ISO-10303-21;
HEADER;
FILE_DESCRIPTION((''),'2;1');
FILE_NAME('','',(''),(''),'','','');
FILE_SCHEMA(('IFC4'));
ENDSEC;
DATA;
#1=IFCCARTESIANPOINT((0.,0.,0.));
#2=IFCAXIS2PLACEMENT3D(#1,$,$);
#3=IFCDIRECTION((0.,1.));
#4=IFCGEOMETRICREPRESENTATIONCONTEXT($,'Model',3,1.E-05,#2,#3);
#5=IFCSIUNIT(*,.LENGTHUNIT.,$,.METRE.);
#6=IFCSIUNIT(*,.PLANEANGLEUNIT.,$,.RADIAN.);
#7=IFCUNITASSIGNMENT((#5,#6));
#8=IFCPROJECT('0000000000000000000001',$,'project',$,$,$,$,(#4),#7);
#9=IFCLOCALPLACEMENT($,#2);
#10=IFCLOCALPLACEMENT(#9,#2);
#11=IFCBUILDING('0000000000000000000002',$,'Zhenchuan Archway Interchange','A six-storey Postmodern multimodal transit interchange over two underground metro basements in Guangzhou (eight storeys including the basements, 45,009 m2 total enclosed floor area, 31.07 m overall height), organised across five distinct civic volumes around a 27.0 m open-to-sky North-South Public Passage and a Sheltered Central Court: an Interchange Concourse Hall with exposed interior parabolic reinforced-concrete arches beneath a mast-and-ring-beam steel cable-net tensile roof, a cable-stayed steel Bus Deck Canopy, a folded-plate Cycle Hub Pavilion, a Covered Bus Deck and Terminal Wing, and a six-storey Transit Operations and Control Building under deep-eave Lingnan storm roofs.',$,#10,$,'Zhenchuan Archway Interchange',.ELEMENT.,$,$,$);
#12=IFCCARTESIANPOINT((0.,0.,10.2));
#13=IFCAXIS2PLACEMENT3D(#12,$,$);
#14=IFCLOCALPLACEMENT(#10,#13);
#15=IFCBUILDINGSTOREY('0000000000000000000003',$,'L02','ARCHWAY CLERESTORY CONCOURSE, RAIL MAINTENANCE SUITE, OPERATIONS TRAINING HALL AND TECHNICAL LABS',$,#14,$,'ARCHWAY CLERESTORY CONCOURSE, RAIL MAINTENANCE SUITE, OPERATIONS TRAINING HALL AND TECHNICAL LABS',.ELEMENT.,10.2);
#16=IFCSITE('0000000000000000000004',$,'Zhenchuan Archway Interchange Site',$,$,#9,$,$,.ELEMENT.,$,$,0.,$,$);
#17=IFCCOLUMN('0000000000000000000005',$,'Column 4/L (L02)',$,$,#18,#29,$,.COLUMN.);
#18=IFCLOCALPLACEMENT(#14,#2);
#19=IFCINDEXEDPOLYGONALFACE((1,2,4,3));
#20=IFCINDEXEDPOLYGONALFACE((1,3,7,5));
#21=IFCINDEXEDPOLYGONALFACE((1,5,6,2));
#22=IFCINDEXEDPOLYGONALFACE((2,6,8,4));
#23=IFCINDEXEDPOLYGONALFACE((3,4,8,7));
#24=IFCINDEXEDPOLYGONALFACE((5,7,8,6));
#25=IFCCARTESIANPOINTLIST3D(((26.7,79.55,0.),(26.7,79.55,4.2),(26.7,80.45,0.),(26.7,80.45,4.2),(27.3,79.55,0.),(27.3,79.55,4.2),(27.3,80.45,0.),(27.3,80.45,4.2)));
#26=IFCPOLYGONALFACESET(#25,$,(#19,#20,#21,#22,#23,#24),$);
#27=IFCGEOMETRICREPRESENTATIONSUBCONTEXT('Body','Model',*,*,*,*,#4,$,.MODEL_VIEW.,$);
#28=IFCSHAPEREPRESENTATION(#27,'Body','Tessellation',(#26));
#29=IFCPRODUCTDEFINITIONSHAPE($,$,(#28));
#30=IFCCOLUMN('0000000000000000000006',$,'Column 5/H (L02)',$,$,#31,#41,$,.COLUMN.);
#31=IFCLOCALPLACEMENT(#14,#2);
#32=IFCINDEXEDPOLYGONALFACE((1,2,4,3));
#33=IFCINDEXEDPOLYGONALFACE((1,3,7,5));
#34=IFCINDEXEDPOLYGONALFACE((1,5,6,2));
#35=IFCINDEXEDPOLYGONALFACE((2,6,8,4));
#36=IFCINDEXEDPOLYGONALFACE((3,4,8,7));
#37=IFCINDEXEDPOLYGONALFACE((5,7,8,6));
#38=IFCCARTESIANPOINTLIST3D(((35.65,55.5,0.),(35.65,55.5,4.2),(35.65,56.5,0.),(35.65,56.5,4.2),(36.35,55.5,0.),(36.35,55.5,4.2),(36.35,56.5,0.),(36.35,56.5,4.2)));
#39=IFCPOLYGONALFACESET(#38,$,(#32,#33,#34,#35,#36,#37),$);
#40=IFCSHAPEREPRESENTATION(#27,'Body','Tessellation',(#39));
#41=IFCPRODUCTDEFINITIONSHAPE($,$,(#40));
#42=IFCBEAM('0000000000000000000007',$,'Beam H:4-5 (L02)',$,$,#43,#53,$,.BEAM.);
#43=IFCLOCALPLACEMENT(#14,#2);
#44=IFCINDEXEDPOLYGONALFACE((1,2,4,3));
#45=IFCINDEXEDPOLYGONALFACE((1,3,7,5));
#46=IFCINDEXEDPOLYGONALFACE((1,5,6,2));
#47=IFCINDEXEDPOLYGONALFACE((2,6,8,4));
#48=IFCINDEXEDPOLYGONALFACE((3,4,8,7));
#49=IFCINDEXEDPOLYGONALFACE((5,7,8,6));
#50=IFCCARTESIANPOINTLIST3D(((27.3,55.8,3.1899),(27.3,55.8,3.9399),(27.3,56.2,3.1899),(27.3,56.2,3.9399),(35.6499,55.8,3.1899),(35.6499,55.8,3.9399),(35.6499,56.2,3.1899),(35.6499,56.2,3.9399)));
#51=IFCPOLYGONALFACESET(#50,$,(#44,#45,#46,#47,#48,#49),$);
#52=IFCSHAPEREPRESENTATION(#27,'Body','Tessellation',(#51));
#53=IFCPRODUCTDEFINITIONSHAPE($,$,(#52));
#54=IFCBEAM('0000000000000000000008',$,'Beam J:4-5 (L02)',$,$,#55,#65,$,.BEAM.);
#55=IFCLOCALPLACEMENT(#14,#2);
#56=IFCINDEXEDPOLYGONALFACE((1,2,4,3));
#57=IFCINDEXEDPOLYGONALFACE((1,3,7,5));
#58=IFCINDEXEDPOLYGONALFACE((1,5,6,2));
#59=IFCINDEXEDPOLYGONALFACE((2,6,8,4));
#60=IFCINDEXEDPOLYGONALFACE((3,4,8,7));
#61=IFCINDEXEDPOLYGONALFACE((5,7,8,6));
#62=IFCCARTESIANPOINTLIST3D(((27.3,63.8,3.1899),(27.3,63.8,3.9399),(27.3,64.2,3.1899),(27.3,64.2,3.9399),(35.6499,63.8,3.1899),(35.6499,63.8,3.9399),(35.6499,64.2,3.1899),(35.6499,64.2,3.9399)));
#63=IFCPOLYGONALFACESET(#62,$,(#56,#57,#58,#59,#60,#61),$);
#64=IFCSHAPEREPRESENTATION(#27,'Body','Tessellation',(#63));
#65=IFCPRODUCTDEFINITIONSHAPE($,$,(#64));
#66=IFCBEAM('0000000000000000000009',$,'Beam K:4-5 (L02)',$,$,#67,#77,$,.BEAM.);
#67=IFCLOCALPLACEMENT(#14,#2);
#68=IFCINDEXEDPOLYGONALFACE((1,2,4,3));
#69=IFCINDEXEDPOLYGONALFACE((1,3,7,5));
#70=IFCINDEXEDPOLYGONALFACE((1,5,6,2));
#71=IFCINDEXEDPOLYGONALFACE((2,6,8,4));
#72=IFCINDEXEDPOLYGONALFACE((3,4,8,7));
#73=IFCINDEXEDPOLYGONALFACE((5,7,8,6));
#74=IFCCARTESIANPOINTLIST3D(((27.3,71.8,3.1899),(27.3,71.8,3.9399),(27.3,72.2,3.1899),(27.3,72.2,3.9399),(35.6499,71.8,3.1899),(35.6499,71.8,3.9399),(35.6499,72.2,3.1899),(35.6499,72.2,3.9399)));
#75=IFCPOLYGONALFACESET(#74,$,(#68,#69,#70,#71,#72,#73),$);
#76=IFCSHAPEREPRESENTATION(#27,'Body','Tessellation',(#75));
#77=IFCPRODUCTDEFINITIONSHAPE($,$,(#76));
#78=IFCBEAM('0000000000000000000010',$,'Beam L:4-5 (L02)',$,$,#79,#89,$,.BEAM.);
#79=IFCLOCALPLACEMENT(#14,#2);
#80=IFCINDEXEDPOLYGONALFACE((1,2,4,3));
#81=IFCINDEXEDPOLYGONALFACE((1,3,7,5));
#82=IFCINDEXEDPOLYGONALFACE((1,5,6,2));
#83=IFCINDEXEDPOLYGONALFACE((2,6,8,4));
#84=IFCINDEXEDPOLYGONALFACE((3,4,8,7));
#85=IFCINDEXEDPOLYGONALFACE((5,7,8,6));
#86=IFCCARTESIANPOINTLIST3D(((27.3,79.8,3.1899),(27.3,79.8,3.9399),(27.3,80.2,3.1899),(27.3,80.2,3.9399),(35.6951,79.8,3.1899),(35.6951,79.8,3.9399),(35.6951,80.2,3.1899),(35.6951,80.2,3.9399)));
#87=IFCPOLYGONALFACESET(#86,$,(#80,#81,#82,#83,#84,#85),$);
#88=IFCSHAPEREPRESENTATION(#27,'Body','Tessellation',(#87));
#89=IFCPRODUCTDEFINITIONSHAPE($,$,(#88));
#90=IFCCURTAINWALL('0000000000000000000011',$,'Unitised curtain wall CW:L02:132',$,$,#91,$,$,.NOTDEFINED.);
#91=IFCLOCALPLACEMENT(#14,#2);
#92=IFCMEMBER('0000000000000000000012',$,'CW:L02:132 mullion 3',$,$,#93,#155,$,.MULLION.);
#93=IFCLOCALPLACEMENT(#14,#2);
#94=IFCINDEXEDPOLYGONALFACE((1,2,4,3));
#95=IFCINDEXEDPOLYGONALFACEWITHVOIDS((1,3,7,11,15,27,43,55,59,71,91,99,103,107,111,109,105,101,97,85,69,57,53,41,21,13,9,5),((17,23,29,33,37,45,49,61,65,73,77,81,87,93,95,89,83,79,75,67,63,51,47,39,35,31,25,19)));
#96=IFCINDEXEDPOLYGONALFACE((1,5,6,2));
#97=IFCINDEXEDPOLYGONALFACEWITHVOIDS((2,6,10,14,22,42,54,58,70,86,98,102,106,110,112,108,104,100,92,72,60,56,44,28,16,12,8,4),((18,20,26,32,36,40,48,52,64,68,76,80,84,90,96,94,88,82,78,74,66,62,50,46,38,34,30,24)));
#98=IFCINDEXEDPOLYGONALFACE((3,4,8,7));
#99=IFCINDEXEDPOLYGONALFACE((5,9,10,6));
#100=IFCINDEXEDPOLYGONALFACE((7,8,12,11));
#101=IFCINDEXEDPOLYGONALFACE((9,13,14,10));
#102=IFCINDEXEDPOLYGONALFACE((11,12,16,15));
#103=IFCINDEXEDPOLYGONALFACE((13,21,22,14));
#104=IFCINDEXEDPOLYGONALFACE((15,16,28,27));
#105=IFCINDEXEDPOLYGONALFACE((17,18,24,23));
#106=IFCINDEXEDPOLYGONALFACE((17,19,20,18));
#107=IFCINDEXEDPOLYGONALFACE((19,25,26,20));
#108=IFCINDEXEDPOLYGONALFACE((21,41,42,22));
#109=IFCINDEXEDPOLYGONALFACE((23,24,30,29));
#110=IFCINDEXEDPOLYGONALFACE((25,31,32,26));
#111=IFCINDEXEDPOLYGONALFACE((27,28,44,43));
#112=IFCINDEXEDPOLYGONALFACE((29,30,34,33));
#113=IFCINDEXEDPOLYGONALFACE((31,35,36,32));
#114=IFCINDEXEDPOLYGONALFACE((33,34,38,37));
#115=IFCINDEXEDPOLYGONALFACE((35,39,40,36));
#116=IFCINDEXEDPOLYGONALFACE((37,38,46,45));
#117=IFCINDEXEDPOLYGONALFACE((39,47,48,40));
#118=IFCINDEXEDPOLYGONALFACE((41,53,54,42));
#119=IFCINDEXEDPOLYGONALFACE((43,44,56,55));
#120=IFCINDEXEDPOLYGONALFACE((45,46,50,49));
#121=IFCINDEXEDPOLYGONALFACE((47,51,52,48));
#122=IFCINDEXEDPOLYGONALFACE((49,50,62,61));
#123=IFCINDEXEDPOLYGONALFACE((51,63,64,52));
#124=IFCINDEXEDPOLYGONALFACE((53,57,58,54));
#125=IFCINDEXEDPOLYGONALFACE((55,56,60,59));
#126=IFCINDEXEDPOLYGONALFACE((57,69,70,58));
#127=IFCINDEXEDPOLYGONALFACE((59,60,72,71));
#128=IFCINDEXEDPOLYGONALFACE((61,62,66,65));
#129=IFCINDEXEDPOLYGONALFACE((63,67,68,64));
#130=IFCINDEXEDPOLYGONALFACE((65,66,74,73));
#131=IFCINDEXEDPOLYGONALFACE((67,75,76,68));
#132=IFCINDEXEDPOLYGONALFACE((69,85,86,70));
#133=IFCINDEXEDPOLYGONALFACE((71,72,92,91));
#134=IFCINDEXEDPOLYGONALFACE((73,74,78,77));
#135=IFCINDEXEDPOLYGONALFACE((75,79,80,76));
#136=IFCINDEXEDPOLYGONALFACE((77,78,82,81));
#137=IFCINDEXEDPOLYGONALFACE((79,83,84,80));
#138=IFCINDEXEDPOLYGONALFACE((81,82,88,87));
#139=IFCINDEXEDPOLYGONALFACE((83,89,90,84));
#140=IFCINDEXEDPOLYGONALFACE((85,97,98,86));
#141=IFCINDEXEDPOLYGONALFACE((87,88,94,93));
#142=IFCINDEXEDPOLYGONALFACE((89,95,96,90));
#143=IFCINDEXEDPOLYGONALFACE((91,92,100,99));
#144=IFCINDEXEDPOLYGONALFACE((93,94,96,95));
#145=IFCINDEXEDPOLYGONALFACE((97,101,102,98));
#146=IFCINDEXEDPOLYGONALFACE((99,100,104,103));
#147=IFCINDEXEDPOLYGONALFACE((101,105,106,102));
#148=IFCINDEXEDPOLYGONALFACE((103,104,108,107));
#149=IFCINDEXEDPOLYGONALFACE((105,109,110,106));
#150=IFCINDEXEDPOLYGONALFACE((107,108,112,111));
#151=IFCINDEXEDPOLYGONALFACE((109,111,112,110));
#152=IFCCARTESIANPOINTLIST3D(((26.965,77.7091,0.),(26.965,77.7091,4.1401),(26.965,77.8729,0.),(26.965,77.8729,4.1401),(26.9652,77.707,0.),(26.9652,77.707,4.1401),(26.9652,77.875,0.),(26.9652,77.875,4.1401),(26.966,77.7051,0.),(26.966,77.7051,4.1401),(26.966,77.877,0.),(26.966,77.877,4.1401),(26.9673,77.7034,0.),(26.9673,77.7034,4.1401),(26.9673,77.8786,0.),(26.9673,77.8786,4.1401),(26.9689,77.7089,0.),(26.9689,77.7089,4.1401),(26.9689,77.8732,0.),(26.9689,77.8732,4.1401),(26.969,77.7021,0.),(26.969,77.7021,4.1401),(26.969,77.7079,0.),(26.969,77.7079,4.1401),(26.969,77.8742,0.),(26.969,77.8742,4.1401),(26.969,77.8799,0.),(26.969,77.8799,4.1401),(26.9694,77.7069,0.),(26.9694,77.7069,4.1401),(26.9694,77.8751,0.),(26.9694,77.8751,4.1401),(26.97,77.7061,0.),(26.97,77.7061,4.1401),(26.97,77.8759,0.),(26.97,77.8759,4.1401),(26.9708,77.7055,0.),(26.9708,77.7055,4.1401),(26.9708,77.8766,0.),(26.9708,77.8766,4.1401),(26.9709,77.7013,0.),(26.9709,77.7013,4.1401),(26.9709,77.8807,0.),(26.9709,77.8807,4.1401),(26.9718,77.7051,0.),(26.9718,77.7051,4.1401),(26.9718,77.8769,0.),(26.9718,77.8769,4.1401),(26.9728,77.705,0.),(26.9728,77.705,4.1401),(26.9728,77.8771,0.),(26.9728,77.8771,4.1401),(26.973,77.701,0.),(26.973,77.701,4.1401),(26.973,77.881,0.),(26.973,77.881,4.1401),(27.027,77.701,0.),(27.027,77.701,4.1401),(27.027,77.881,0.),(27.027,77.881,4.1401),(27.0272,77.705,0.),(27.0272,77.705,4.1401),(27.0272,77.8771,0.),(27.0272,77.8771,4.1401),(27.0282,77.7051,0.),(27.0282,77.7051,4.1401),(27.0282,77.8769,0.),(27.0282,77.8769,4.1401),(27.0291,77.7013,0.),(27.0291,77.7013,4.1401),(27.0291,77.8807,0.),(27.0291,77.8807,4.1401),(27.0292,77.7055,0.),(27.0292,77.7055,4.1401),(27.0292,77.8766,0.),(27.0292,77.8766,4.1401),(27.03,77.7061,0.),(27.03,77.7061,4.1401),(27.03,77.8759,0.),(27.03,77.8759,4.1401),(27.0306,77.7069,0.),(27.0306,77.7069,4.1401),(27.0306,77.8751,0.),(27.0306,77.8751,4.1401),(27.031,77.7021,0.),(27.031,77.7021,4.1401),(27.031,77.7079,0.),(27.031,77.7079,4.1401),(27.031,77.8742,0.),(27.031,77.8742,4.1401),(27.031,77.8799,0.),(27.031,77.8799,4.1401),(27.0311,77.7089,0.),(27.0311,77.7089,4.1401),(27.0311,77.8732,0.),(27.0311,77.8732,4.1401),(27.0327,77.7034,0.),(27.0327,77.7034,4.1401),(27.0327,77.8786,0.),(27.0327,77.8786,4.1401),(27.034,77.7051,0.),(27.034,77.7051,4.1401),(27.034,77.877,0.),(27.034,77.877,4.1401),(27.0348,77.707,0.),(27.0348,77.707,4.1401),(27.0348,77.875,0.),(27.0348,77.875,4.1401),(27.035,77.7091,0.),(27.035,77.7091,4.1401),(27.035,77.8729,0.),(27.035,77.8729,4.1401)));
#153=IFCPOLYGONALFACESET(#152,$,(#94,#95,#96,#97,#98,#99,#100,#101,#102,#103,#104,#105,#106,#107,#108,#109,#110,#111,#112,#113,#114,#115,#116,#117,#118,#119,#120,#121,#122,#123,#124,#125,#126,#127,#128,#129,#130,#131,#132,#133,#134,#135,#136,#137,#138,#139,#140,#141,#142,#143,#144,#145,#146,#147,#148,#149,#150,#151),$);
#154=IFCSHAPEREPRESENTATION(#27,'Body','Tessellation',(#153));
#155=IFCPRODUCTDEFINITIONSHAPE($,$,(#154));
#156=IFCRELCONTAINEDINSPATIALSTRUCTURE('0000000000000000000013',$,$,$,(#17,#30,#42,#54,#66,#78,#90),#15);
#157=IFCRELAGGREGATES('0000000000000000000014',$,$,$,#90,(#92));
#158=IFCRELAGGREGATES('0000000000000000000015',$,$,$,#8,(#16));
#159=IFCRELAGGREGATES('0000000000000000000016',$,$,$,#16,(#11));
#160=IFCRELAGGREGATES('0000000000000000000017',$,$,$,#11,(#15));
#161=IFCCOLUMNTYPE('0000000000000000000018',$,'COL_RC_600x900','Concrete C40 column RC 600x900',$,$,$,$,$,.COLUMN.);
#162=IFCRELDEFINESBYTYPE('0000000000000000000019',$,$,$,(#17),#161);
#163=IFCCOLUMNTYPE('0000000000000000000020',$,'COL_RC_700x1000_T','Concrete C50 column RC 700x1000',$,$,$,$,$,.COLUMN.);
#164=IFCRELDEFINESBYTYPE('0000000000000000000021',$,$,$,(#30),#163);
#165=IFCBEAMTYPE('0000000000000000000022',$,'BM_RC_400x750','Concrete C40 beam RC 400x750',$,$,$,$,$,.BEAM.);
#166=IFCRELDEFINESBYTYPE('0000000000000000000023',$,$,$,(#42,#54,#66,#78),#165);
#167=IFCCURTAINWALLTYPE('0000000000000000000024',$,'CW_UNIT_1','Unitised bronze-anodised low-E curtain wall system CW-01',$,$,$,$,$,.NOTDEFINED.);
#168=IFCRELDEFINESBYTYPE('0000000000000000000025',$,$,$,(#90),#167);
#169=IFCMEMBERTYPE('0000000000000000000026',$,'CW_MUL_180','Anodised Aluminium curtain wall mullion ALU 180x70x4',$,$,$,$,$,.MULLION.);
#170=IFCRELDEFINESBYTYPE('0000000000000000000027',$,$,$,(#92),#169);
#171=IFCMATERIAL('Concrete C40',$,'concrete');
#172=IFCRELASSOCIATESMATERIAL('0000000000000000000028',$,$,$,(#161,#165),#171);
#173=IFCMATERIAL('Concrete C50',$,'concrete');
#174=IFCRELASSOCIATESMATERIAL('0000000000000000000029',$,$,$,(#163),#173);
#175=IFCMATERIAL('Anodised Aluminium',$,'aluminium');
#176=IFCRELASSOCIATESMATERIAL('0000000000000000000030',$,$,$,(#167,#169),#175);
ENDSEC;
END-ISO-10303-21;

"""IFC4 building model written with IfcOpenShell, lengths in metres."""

from ifc_helpers import new_model, si_unit, direction, frame, origin, origin_2d, place, context, subcontext, project, spatial, rectangle, hollow_rectangle, extrude, material, material_profile, profile_set, type_object, element, aggregate, save


model = new_model("IFC4")

# Units and contexts
model_context = context("Model", 3, precision=1e-05, world=origin(), true_north=direction((0.0, 1.0)))
body_context = subcontext(model_context, "Body", "Model", "MODEL_VIEW")
ifc_project = project(units=[si_unit("LENGTHUNIT", "METRE"), si_unit("PLANEANGLEUNIT", "RADIAN")], contexts=[model_context])

# Site, building, storey
site_placement = place(None, origin())
site = spatial("IfcSite", under=ifc_project, at=site_placement, Name="Zhenchuan Archway Interchange Site", CompositionType="ELEMENT", RefElevation=0.0)
building_placement = place(site_placement, origin())
building = spatial("IfcBuilding", under=site, at=building_placement, Name="Zhenchuan Archway Interchange", Description="A six-storey Postmodern multimodal transit interchange over two underground metro basements in Guangzhou (eight storeys including the basements, 45,009 m2 total enclosed floor area, 31.07 m overall height), organised across five distinct civic volumes around a 27.0 m open-to-sky North-South Public Passage and a Sheltered Central Court: an Interchange Concourse Hall with exposed interior parabolic reinforced-concrete arches beneath a mast-and-ring-beam steel cable-net tensile roof, a cable-stayed steel Bus Deck Canopy, a folded-plate Cycle Hub Pavilion, a Covered Bus Deck and Terminal Wing, and a six-storey Transit Operations and Control Building under deep-eave Lingnan storm roofs.", LongName="Zhenchuan Archway Interchange", CompositionType="ELEMENT")
storey_placement = place(building_placement, frame((0.0, 0.0, 10.2)))
storey = spatial("IfcBuildingStorey", under=building, at=storey_placement, Name="L02", Description="ARCHWAY CLERESTORY CONCOURSE, RAIL MAINTENANCE SUITE, OPERATIONS TRAINING HALL AND TECHNICAL LABS", LongName="ARCHWAY CLERESTORY CONCOURSE, RAIL MAINTENANCE SUITE, OPERATIONS TRAINING HALL AND TECHNICAL LABS", CompositionType="ELEMENT", Elevation=10.2)

# Columns
ifc_material_1 = material(Name="Concrete C40", Category="concrete")
ifc_material_profile_1 = material_profile(ifc_material_1, rectangle(XDim=0.6001, YDim=0.8999, at=origin_2d()), Name="RC 600x900")
ifc_profile_set_1 = profile_set([ifc_material_profile_1], Name="Concrete C40")
column_type_1 = type_object("IfcColumnType", Name="COL_RC_600x900", Description="Concrete C40 column RC 600x900", PredefinedType="COLUMN", material=ifc_profile_set_1)
column_1_placement = place(storey_placement, frame((27.0, 80.0, 0.0), z_axis=(0.0, 0.0, 1.0), x_axis=(1.0, 0.0, 0.0)))
element("IfcColumn", 1, at=column_1_placement, inside=storey, type_object=column_type_1, Name="Column 4/L (L02)", PredefinedType="COLUMN", context=body_context, shape_type="SweptSolid", body=[
    extrude(rectangle(XDim=0.6001, YDim=0.8999, at=origin_2d()), origin(), (0.0, 0.0, 1.0), 4.2),
])
ifc_material_2 = material(Name="Concrete C50", Category="concrete")
ifc_material_profile_2 = material_profile(ifc_material_2, rectangle(XDim=0.7, YDim=1.0, at=origin_2d()), Name="RC 700x1000")
ifc_profile_set_2 = profile_set([ifc_material_profile_2], Name="Concrete C50")
column_type_2 = type_object("IfcColumnType", Name="COL_RC_700x1000_T", Description="Concrete C50 column RC 700x1000", PredefinedType="COLUMN", material=ifc_profile_set_2)
column_2_placement = place(storey_placement, frame((36.0, 56.0, 0.0), z_axis=(0.0, 0.0, 1.0), x_axis=(1.0, 0.0, 0.0)))
element("IfcColumn", 2, at=column_2_placement, inside=storey, type_object=column_type_2, Name="Column 5/H (L02)", PredefinedType="COLUMN", context=body_context, shape_type="SweptSolid", body=[
    extrude(rectangle(XDim=0.7, YDim=1.0, at=origin_2d()), origin(), (0.0, 0.0, 1.0), 4.2),
])

# Beams
ifc_material_profile_3 = material_profile(ifc_material_1, rectangle(XDim=0.3999, YDim=0.75, at=origin_2d()), Name="RC 400x750")
ifc_profile_set_3 = profile_set([ifc_material_profile_3], Name="Concrete C40")
beam_type_1 = type_object("IfcBeamType", Name="BM_RC_400x750", Description="Concrete C40 beam RC 400x750", PredefinedType="BEAM", material=ifc_profile_set_3)
for number, where, z_axis, x_axis, name in (
    (3, (27.3, 56.0, 3.5649), (1.0, 0.0, 0.0), (0.0, 1.0, 0.0), "Beam H:4-5 (L02)"),
    (4, (27.3, 64.0, 3.5649), (1.0, 0.0, 0.0), (0.0, 1.0, 0.0), "Beam J:4-5 (L02)"),
    (5, (27.3, 72.0, 3.5649), (1.0, 0.0, 0.0), (0.0, 1.0, 0.0), "Beam K:4-5 (L02)"),
):
    element("IfcBeam", number, at=place(storey_placement, frame(where, z_axis=z_axis, x_axis=x_axis)), inside=storey, type_object=beam_type_1, Name=name, PredefinedType="BEAM", context=body_context, shape_type="SweptSolid", body=[
        extrude(rectangle(XDim=0.3999, YDim=0.75, at=origin_2d()), origin(), (0.0, 0.0, 1.0), 8.3499),
    ])
beam_1_placement = place(storey_placement, frame((27.3, 80.0, 3.5649), z_axis=(1.0, 0.0, 0.0), x_axis=(0.0, 1.0, 0.0)))
element("IfcBeam", 6, at=beam_1_placement, inside=storey, type_object=beam_type_1, Name="Beam L:4-5 (L02)", PredefinedType="BEAM", context=body_context, shape_type="SweptSolid", body=[
    extrude(rectangle(XDim=0.3999, YDim=0.75, at=origin_2d()), origin(), (0.0, 0.0, 1.0), 8.395),
])

# Curtain wall, member
ifc_material_3 = material(Name="Anodised Aluminium", Category="aluminium")
curtain_wall_type = type_object("IfcCurtainWallType", Name="CW_UNIT_1", Description="Unitised bronze-anodised low-E curtain wall system CW-01", PredefinedType="NOTDEFINED", material=ifc_material_3)
curtain_wall_placement = place(storey_placement, origin())
curtain_wall = element("IfcCurtainWall", 7, at=curtain_wall_placement, inside=storey, type_object=curtain_wall_type, Name="Unitised curtain wall CW:L02:132", PredefinedType="NOTDEFINED")
ifc_material_profile_4 = material_profile(ifc_material_3, hollow_rectangle(XDim=0.0701, YDim=0.1799, WallThickness=0.0039, InnerFilletRadius=0.0039, OuterFilletRadius=0.0081, at=origin_2d()), Name="ALU 180x70x4")
ifc_profile_set_4 = profile_set([ifc_material_profile_4], Name="Anodised Aluminium")
member_type_1 = type_object("IfcMemberType", Name="CW_MUL_180", Description="Anodised Aluminium curtain wall mullion ALU 180x70x4", PredefinedType="MULLION", material=ifc_profile_set_4)
member_1_placement = place(storey_placement, frame((27.0, 77.791, 0.0), z_axis=(0.0, 0.0, 1.0), x_axis=(1.0, 0.0, 0.0)))
member_1 = element("IfcMember", 8, at=member_1_placement, type_object=member_type_1, Name="CW:L02:132 mullion 3", PredefinedType="MULLION", context=body_context, shape_type="SweptSolid", body=[
    extrude(hollow_rectangle(XDim=0.0701, YDim=0.1799, WallThickness=0.0039, InnerFilletRadius=0.0039, OuterFilletRadius=0.0081, at=origin_2d()), origin(), (0.0, 0.0, 1.0), 4.1401),
])

aggregate(curtain_wall, [member_1])

save(model, "model.ifc")
